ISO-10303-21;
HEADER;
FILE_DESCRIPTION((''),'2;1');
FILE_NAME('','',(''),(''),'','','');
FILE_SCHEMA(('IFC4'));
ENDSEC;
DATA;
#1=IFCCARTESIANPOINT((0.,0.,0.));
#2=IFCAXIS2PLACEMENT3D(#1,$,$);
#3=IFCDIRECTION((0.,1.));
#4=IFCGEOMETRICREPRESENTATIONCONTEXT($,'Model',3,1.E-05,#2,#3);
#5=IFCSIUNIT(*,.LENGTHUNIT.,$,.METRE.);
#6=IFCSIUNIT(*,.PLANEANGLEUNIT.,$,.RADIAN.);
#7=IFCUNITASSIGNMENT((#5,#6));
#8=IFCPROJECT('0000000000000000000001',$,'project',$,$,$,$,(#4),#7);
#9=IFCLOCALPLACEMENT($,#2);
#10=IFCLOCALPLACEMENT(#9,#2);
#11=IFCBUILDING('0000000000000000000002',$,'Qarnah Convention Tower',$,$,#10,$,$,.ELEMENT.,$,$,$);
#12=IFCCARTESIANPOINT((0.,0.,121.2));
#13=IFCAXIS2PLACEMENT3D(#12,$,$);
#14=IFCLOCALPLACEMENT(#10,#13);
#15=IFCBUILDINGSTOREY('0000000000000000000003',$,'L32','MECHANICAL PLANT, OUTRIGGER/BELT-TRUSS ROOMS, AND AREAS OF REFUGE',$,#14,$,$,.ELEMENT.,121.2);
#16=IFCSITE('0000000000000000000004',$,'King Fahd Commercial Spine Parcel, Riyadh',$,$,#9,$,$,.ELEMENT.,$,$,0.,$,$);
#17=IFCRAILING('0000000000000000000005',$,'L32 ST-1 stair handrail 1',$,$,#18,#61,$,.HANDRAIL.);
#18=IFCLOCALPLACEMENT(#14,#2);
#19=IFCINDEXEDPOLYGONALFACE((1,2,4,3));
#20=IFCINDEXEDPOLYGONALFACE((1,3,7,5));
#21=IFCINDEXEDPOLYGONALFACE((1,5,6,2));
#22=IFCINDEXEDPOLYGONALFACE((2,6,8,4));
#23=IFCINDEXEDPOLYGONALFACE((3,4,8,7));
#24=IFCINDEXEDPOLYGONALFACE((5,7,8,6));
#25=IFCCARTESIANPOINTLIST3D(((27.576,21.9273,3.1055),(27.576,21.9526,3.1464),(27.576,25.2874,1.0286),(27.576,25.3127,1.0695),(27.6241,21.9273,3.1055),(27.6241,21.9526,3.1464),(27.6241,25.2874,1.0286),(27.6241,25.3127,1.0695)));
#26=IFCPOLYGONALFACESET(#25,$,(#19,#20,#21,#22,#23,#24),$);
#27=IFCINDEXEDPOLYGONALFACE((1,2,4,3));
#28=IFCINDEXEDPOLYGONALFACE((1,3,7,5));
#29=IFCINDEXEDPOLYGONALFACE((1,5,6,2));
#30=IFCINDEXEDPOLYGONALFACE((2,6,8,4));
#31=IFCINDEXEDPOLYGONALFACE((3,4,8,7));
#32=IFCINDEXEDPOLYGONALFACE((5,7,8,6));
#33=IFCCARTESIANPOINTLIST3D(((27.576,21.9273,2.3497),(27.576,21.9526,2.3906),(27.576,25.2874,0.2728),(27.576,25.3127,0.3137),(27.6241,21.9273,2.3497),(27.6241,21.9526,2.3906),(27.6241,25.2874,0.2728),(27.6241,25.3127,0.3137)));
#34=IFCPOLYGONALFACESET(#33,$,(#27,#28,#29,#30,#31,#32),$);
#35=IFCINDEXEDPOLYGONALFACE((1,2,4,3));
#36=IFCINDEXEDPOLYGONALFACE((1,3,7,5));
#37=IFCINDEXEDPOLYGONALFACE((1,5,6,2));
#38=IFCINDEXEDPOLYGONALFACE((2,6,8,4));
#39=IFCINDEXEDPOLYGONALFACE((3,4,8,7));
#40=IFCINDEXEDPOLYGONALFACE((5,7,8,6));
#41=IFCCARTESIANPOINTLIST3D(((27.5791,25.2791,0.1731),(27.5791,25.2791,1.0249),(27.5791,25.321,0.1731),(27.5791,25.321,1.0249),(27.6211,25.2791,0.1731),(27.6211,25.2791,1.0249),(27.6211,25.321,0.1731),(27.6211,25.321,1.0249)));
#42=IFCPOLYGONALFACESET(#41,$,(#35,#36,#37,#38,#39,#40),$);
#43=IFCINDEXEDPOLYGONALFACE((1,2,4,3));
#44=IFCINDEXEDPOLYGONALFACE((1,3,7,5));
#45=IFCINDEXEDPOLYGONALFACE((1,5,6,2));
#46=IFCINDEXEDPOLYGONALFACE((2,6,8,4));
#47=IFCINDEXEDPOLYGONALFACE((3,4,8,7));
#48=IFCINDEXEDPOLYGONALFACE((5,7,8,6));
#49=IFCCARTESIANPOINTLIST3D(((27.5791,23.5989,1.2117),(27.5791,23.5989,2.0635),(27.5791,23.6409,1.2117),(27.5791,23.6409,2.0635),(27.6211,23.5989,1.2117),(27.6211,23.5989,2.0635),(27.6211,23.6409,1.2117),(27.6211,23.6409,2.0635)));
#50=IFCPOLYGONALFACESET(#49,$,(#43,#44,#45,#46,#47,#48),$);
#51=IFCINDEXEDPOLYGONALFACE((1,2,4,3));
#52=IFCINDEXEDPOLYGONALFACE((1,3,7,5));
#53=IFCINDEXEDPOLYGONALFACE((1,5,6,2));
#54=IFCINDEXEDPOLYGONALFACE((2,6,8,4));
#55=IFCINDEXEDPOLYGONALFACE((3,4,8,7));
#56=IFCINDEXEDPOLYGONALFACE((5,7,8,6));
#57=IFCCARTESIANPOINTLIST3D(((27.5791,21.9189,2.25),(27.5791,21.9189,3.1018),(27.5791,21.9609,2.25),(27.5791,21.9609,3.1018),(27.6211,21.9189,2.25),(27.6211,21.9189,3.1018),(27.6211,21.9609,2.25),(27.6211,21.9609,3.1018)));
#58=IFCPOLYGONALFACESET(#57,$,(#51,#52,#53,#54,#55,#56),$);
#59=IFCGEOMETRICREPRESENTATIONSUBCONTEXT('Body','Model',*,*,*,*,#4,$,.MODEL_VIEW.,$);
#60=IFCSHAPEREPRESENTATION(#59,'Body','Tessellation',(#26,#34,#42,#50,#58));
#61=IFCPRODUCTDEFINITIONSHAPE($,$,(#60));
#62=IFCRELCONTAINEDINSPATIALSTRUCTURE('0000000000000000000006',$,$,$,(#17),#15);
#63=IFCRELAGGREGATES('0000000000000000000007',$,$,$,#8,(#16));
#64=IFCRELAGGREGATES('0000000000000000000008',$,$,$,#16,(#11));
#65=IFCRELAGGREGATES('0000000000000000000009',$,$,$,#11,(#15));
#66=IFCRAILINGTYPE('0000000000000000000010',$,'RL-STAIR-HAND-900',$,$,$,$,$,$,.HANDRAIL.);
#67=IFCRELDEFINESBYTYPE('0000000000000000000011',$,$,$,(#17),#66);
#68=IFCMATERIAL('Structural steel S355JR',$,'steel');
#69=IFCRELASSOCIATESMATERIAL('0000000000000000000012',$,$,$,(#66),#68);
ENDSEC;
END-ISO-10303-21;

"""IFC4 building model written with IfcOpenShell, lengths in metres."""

from ifc_helpers import new_model, si_unit, direction, frame, origin, origin_2d, place, context, subcontext, project, spatial, rectangle, extrude, material, type_object, element, save


model = new_model("IFC4")

# Units and contexts
model_context = context("Model", 3, precision=1e-05, world=origin(), true_north=direction((0.0, 1.0)))
body_context = subcontext(model_context, "Body", "Model", "MODEL_VIEW")
ifc_project = project(units=[si_unit("LENGTHUNIT", "METRE"), si_unit("PLANEANGLEUNIT", "RADIAN")], contexts=[model_context])

# Site, building, storey
site_placement = place(None, origin())
site = spatial("IfcSite", under=ifc_project, at=site_placement, Name="King Fahd Commercial Spine Parcel, Riyadh", CompositionType="ELEMENT", RefElevation=0.0)
building_placement = place(site_placement, origin())
building = spatial("IfcBuilding", under=site, at=building_placement, Name="Qarnah Convention Tower", CompositionType="ELEMENT")
storey_placement = place(building_placement, frame((0.0, 0.0, 121.2)))
storey = spatial("IfcBuildingStorey", under=building, at=storey_placement, Name="L32", Description="MECHANICAL PLANT, OUTRIGGER/BELT-TRUSS ROOMS, AND AREAS OF REFUGE", CompositionType="ELEMENT", Elevation=121.2)

# Shared definitions
ifc_material_1 = material(Name="Structural steel S355JR", Category="steel")

# Railing
railing_type_1 = type_object("IfcRailingType", Name="RL-STAIR-HAND-900", PredefinedType="HANDRAIL", material=ifc_material_1)
railing_1_placement = place(storey_placement, frame((27.6001, 25.3, 0.1731)))
element("IfcRailing", 1, at=railing_1_placement, inside=storey, type_object=railing_type_1, Name="L32 ST-1 stair handrail 1", PredefinedType="HANDRAIL", context=body_context, shape_type="SweptSolid", body=[
    extrude(rectangle(XDim=0.0481, YDim=0.0481, at=origin_2d()), frame((0.0, 0.0, 0.876), z_axis=(0.0, -0.850623, 0.525776), x_axis=(1.0, 0.0, 0.0)), (0.0, 0.0, 1.0), 3.9502),
    extrude(rectangle(XDim=0.0481, YDim=0.0481, at=origin_2d()), frame((0.0, 0.0, 0.1201), z_axis=(0.0, -0.850623, 0.525776), x_axis=(1.0, 0.0, 0.0)), (0.0, 0.0, 1.0), 3.9502),
    extrude(rectangle(XDim=0.042, YDim=0.042, at=origin_2d()), origin(), (0.0, 0.0, 1.0), 0.8518),
    extrude(rectangle(XDim=0.042, YDim=0.042, at=origin_2d()), frame((0.0, -1.6802, 1.0386)), (0.0, 0.0, 1.0), 0.8518),
    extrude(rectangle(XDim=0.042, YDim=0.042, at=origin_2d()), frame((0.0, -3.3601, 2.0769)), (0.0, 0.0, 1.0), 0.8518),
])

save(model, "model.ifc")
